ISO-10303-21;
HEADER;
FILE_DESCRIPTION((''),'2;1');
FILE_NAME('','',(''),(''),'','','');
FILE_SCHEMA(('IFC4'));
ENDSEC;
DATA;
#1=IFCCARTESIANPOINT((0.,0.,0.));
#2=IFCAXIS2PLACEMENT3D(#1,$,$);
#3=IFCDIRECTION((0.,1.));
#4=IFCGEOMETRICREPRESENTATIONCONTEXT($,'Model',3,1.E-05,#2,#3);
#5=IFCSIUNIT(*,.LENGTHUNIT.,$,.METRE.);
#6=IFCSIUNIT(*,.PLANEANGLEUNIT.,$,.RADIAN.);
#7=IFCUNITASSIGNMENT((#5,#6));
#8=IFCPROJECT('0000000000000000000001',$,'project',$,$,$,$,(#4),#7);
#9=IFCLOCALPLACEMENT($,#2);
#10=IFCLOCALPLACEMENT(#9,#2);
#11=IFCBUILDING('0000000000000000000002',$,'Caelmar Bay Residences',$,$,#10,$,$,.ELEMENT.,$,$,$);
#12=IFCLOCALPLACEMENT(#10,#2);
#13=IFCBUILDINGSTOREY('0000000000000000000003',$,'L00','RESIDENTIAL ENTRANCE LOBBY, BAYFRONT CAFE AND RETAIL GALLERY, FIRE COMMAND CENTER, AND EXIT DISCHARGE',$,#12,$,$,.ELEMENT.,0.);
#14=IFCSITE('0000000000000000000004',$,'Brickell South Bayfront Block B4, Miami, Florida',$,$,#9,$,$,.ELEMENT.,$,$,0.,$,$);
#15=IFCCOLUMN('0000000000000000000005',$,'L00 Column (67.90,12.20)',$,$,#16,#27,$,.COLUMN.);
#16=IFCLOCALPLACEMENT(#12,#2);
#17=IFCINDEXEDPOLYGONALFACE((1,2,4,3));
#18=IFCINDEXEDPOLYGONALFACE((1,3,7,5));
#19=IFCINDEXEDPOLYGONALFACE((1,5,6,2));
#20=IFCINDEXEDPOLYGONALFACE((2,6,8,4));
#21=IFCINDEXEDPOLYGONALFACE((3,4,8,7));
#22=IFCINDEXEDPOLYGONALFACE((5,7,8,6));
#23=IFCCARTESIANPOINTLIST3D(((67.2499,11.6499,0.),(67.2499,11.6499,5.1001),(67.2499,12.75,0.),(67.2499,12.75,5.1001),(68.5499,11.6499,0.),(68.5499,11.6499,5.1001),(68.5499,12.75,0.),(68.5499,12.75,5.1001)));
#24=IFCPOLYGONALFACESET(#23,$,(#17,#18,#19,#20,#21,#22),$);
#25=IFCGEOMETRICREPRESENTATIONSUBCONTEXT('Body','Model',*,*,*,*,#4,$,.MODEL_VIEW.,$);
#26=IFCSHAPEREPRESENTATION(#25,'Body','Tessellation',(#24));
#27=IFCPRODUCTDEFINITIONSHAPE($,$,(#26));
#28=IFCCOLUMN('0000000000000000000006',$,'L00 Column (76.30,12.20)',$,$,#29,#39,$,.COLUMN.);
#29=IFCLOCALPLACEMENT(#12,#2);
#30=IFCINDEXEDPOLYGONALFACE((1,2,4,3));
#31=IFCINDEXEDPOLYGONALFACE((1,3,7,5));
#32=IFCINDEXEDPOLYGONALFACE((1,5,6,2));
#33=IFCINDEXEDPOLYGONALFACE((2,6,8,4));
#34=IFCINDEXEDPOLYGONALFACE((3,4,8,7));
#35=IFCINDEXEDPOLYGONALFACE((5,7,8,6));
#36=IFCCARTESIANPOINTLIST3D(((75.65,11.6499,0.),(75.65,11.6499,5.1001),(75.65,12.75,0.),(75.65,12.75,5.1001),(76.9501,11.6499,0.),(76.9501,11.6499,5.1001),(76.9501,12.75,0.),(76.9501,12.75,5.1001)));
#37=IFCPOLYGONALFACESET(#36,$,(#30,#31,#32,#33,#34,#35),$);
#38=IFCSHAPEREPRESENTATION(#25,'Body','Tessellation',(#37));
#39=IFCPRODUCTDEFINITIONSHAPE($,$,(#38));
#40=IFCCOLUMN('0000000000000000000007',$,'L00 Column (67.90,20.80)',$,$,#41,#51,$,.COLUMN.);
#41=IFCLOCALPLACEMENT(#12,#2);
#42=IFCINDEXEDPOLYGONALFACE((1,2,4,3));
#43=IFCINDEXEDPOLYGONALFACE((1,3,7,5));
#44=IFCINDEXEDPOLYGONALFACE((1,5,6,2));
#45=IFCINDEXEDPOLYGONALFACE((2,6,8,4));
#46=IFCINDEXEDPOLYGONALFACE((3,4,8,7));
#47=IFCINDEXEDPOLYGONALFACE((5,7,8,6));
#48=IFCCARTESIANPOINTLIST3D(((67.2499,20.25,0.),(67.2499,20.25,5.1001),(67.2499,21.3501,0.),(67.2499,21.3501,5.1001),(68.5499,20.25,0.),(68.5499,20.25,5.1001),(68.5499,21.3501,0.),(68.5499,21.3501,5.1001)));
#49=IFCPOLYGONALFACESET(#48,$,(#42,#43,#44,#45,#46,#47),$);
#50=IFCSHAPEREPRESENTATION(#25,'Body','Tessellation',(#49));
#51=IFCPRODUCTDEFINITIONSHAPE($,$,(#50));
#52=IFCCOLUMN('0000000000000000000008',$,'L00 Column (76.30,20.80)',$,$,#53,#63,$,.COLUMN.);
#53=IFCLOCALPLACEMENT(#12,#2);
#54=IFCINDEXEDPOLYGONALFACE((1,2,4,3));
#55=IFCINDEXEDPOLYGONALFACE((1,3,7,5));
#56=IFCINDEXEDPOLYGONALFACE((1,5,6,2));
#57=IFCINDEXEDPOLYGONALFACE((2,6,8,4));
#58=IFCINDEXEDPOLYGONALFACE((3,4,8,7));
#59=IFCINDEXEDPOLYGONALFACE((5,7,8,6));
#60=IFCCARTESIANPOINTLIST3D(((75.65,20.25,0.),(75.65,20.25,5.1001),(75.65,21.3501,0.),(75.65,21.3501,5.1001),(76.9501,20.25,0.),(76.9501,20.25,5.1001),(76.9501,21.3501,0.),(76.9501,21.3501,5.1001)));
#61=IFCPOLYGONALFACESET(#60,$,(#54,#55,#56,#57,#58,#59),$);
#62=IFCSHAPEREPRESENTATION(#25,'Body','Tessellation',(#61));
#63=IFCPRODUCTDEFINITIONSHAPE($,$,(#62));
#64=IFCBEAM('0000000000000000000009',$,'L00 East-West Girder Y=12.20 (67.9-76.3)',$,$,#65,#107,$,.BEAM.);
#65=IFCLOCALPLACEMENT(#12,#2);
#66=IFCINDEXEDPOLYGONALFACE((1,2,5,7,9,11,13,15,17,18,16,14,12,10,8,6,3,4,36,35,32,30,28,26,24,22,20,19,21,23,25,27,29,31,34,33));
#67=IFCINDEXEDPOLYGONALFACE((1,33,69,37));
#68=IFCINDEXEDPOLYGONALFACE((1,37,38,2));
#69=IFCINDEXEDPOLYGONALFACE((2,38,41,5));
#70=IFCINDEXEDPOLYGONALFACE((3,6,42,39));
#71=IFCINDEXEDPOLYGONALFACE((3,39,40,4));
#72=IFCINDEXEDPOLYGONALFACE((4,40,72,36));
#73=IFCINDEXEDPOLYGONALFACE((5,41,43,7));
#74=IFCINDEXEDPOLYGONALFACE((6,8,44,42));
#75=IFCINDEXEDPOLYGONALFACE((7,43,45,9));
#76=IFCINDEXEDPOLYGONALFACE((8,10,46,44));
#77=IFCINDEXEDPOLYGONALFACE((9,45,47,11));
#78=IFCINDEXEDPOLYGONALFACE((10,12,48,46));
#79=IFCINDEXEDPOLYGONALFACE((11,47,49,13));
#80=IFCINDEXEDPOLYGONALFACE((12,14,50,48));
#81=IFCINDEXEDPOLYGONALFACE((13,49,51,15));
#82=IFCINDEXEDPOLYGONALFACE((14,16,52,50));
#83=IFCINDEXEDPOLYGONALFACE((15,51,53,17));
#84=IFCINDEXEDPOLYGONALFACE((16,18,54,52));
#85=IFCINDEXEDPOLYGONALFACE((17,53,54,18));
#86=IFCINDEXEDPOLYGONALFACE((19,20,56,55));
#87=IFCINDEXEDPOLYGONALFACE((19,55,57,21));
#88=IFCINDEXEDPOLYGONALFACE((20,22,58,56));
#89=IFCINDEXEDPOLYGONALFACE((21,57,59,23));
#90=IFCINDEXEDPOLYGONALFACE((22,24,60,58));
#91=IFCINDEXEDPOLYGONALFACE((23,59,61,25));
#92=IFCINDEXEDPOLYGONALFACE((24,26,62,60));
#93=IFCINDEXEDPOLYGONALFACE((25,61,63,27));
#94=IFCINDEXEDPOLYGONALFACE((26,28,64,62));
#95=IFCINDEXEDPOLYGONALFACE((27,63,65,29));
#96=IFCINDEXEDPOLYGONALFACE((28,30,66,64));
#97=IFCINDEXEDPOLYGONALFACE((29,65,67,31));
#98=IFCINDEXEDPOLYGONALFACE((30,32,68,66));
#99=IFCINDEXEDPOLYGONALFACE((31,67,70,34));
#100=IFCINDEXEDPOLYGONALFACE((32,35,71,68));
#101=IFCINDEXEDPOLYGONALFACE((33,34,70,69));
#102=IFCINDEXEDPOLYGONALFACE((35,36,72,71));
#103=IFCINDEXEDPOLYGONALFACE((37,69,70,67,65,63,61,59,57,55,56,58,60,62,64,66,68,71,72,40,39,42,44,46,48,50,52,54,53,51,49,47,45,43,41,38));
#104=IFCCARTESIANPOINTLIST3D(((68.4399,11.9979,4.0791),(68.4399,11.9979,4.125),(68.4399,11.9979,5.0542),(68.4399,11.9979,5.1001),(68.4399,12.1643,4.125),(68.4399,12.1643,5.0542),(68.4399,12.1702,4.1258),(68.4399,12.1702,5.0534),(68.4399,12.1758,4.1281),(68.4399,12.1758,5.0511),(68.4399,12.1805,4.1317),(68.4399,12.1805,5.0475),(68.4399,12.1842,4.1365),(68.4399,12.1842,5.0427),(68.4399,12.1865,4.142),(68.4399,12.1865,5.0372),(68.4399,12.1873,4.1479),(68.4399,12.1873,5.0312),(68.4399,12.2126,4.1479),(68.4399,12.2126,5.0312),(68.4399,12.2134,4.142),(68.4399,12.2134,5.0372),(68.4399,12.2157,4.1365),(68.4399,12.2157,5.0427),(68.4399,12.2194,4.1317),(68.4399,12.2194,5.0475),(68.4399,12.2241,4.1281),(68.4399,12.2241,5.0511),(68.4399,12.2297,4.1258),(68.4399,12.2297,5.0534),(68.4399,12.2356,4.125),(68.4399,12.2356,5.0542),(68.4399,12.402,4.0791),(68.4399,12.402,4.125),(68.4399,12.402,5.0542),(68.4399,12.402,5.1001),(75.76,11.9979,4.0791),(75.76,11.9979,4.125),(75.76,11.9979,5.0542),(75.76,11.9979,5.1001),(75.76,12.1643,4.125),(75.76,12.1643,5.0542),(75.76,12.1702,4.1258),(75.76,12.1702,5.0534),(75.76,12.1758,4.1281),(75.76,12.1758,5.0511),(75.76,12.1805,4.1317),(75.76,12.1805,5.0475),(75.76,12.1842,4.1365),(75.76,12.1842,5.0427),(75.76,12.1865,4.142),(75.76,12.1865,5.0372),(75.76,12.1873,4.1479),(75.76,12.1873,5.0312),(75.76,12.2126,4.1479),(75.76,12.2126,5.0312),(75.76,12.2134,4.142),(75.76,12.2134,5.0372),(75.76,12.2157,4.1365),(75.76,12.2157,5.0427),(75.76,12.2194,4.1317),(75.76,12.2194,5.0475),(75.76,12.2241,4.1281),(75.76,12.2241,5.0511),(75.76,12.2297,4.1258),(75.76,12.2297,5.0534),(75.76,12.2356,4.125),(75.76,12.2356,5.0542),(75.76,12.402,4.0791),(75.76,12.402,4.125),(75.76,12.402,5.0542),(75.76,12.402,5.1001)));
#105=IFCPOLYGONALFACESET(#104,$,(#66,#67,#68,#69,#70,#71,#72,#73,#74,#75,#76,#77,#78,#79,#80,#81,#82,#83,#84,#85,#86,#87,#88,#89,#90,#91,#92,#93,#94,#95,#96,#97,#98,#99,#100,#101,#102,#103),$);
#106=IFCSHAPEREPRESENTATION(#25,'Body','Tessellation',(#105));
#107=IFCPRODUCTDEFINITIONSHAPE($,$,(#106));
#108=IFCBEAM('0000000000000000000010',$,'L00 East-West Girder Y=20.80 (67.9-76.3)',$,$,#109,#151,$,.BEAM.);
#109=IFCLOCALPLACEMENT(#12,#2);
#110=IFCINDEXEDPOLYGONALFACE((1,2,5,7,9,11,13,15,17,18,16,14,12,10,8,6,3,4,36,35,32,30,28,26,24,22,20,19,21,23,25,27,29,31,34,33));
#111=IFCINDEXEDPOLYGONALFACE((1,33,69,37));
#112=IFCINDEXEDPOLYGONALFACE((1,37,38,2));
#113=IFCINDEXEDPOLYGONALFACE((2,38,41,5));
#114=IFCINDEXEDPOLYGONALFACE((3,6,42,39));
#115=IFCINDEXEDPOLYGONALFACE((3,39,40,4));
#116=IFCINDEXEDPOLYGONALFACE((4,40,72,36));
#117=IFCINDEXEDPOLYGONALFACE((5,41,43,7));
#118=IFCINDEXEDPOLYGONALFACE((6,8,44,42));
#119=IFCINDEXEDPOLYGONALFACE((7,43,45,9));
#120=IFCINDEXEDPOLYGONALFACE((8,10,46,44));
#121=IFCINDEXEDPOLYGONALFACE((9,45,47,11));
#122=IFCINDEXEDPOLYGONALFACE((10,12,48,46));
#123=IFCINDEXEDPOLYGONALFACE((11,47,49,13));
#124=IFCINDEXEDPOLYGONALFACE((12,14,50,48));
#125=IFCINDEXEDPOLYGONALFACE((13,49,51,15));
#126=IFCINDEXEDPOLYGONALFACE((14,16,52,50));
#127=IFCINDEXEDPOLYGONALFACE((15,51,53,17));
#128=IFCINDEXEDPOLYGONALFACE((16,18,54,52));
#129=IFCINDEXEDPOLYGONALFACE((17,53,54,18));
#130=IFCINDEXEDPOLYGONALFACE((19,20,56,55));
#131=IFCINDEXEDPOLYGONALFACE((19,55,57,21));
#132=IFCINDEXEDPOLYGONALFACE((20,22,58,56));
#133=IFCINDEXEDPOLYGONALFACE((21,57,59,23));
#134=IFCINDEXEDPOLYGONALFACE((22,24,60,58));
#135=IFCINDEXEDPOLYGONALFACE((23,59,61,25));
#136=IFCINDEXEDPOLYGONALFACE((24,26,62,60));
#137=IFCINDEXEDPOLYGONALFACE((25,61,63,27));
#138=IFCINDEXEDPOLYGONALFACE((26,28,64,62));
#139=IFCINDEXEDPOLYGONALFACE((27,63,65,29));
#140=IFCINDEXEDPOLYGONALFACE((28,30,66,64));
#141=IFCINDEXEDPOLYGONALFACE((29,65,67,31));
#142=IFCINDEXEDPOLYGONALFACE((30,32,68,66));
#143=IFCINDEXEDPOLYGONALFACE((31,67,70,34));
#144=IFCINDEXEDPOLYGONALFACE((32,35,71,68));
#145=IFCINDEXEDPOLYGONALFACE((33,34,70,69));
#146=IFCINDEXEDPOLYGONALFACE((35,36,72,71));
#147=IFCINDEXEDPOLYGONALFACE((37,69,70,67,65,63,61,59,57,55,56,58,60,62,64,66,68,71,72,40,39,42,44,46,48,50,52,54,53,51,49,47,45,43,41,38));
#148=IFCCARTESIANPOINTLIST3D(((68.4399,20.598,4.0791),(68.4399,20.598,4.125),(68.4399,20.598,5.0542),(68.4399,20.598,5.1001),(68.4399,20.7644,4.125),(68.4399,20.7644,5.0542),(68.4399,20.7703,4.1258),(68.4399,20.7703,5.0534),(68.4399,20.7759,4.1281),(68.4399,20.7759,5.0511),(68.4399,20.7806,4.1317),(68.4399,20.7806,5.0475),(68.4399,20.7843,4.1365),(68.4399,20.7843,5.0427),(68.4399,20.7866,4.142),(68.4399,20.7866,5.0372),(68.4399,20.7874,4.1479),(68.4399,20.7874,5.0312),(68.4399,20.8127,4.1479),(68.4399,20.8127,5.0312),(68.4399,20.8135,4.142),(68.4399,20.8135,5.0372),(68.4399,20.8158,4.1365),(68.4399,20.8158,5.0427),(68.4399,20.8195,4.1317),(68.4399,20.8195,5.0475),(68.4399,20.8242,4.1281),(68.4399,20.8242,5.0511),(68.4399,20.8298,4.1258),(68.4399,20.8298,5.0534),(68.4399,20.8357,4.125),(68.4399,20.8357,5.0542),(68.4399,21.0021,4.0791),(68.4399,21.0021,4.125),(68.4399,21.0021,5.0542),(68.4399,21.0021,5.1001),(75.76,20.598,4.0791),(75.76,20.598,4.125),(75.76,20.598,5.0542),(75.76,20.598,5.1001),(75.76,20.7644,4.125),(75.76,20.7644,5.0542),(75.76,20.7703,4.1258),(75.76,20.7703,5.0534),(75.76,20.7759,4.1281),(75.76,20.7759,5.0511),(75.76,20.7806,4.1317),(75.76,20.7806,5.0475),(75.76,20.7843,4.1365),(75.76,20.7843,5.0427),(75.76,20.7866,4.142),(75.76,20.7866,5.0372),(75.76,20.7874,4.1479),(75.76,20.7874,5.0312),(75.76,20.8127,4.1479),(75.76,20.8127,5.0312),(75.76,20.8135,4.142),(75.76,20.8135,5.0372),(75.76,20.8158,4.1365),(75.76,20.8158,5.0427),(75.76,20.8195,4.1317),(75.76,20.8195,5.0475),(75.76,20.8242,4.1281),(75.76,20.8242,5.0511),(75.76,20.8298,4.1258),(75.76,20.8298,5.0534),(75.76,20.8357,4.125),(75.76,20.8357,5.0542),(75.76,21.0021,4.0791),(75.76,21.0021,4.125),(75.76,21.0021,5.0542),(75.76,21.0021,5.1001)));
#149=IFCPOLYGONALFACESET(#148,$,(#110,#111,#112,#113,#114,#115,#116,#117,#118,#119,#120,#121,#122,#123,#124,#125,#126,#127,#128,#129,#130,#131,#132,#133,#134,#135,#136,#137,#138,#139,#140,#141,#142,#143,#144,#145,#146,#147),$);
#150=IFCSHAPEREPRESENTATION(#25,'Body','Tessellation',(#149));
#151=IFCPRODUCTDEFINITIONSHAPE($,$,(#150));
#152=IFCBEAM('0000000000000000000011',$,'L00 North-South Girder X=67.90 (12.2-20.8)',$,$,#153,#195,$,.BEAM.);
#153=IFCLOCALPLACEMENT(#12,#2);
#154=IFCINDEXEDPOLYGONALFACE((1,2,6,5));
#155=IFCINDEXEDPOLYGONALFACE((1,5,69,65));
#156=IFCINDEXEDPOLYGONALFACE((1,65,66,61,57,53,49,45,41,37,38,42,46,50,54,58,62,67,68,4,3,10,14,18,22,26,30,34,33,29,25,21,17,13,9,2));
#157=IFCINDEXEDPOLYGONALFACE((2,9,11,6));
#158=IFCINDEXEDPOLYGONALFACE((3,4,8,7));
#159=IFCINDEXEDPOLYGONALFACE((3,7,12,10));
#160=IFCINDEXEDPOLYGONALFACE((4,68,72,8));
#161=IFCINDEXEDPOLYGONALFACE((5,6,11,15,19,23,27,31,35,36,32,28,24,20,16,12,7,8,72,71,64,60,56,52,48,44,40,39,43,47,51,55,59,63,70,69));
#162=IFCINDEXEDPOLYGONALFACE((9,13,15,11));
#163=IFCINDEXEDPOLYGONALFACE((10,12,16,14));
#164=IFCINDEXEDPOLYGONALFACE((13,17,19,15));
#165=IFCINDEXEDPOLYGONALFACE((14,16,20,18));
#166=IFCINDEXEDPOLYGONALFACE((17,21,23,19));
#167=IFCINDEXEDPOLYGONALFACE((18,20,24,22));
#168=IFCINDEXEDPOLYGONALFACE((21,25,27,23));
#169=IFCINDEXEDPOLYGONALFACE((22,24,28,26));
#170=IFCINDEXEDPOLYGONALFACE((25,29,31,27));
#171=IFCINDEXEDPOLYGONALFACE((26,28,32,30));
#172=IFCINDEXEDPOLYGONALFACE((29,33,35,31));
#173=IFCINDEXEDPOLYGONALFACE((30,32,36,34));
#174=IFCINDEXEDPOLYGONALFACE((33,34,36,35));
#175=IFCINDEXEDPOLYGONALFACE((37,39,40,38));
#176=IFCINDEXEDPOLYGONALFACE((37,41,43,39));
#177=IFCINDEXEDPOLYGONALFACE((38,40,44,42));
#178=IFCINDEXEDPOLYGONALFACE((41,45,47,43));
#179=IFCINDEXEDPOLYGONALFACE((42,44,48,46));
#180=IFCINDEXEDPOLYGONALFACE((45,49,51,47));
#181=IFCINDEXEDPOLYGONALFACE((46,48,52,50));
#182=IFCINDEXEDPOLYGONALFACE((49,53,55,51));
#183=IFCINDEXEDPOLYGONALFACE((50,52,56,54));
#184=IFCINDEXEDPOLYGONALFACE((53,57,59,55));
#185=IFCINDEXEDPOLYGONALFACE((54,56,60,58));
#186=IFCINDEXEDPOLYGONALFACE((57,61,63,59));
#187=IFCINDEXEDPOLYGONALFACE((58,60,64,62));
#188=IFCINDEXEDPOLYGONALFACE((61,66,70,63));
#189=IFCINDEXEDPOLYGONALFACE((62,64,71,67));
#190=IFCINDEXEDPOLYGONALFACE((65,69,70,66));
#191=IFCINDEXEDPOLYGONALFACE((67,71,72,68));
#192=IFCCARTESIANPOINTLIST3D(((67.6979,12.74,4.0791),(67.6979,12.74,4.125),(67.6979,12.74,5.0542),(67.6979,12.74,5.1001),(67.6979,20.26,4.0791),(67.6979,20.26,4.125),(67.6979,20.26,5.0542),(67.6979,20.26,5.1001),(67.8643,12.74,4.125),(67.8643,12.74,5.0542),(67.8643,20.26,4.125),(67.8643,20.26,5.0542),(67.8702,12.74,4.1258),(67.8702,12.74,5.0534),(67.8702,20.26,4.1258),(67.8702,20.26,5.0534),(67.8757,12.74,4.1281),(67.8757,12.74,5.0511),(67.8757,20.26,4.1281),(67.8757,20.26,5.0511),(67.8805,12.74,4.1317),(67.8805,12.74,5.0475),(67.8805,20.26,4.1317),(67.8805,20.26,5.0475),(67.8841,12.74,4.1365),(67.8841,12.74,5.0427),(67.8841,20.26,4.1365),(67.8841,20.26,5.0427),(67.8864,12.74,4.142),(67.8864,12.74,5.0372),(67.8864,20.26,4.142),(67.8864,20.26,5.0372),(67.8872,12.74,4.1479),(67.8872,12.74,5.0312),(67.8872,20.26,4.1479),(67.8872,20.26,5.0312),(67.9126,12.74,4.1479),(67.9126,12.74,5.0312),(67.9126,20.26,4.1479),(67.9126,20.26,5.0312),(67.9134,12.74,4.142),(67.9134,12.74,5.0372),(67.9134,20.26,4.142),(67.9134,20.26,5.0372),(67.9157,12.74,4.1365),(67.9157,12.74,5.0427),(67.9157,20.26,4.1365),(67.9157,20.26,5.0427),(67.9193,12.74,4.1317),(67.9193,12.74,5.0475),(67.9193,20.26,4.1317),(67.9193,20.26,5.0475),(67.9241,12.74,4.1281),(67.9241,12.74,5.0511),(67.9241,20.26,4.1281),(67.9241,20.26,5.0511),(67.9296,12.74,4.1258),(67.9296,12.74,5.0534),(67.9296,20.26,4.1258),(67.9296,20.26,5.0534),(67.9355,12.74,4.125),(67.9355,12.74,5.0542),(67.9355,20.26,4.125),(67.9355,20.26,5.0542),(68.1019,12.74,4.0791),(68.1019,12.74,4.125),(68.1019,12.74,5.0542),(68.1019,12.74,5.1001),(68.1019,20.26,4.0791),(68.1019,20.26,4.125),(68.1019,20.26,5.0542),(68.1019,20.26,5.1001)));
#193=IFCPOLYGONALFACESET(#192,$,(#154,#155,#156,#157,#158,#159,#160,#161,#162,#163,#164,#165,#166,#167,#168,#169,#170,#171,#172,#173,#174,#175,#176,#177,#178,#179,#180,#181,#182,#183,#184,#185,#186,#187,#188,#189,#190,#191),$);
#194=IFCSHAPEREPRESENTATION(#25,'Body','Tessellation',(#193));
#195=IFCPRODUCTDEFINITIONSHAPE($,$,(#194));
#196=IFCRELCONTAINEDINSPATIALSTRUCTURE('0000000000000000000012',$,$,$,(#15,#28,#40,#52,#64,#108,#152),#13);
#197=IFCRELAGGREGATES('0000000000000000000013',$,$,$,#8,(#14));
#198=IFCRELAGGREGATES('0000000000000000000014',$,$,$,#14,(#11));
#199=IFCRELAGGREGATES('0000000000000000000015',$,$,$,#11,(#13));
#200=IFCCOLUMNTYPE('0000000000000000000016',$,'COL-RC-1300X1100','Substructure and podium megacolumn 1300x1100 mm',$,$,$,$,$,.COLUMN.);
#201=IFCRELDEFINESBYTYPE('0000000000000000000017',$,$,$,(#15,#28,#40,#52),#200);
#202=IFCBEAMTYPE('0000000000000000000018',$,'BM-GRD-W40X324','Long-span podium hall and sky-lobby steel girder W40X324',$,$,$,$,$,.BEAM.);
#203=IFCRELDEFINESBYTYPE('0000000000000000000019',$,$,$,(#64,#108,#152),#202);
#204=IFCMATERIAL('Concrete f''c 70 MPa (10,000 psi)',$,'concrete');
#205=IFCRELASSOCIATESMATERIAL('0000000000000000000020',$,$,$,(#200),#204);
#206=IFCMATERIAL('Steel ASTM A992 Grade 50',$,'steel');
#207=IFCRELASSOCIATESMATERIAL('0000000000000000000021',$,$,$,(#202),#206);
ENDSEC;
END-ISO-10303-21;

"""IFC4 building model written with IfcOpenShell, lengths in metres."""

from ifc_helpers import new_model, si_unit, direction, frame, origin, origin_2d, place, context, subcontext, project, spatial, rectangle, i_section, extrude, material, material_profile, profile_set, type_object, element, save


model = new_model("IFC4")

# Units and contexts
model_context = context("Model", 3, precision=1e-05, world=origin(), true_north=direction((0.0, 1.0)))
body_context = subcontext(model_context, "Body", "Model", "MODEL_VIEW")
ifc_project = project(units=[si_unit("LENGTHUNIT", "METRE"), si_unit("PLANEANGLEUNIT", "RADIAN")], contexts=[model_context])

# Site, building, storey
site_placement = place(None, origin())
site = spatial("IfcSite", under=ifc_project, at=site_placement, Name="Brickell South Bayfront Block B4, Miami, Florida", CompositionType="ELEMENT", RefElevation=0.0)
building_placement = place(site_placement, origin())
building = spatial("IfcBuilding", under=site, at=building_placement, Name="Caelmar Bay Residences", CompositionType="ELEMENT")
storey_placement = place(building_placement, origin())
storey = spatial("IfcBuildingStorey", under=building, at=storey_placement, Name="L00", Description="RESIDENTIAL ENTRANCE LOBBY, BAYFRONT CAFE AND RETAIL GALLERY, FIRE COMMAND CENTER, AND EXIT DISCHARGE", CompositionType="ELEMENT", Elevation=0.0)

# Columns
ifc_material_1 = material(Name="Concrete f'c 70 MPa (10,000 psi)", Category="concrete")
ifc_material_profile_1 = material_profile(ifc_material_1, rectangle(XDim=1.3, YDim=1.1001, at=origin_2d()), Name="RC-COL-1300X1100")
ifc_profile_set_1 = profile_set([ifc_material_profile_1], Name="Concrete f'c 70 MPa (10,000 psi)")
column_type = type_object("IfcColumnType", Name="COL-RC-1300X1100", Description="Substructure and podium megacolumn 1300x1100 mm", PredefinedType="COLUMN", material=ifc_profile_set_1)
for number, where, z_axis, x_axis, name in (
    (1, (67.8999, 12.2, 0.0), (0.0, 0.0, 1.0), (1.0, 0.0, 0.0), "L00 Column (67.90,12.20)"),
    (2, (76.3, 12.2, 0.0), (0.0, 0.0, 1.0), (1.0, 0.0, 0.0), "L00 Column (76.30,12.20)"),
    (3, (67.8999, 20.8, 0.0), (0.0, 0.0, 1.0), (1.0, 0.0, 0.0), "L00 Column (67.90,20.80)"),
    (4, (76.3, 20.8, 0.0), (0.0, 0.0, 1.0), (1.0, 0.0, 0.0), "L00 Column (76.30,20.80)"),
):
    element("IfcColumn", number, at=place(storey_placement, frame(where, z_axis=z_axis, x_axis=x_axis)), inside=storey, type_object=column_type, Name=name, PredefinedType="COLUMN", context=body_context, shape_type="SweptSolid", body=[
        extrude(rectangle(XDim=1.3, YDim=1.1001, at=origin_2d()), origin(), (0.0, 0.0, 1.0), 5.1001),
    ])

# Beams
ifc_material_2 = material(Name="Steel ASTM A992 Grade 50", Category="steel")
ifc_material_profile_2 = material_profile(ifc_material_2, i_section(OverallWidth=0.4041, OverallDepth=1.021, WebThickness=0.0254, FlangeThickness=0.0459, FilletRadius=0.0229, at=origin_2d()), Name="W40X324")
ifc_profile_set_2 = profile_set([ifc_material_profile_2], Name="Steel ASTM A992 Grade 50")
beam_type_1 = type_object("IfcBeamType", Name="BM-GRD-W40X324", Description="Long-span podium hall and sky-lobby steel girder W40X324", PredefinedType="BEAM", material=ifc_profile_set_2)
for number, where, z_axis, x_axis, name in (
    (5, (68.4399, 12.2, 4.5896), (1.0, 0.0, 0.0), (0.0, 1.0, 0.0), "L00 East-West Girder Y=12.20 (67.9-76.3)"),
    (6, (68.4399, 20.8, 4.5896), (1.0, 0.0, 0.0), (0.0, 1.0, 0.0), "L00 East-West Girder Y=20.80 (67.9-76.3)"),
):
    element("IfcBeam", number, at=place(storey_placement, frame(where, z_axis=z_axis, x_axis=x_axis)), inside=storey, type_object=beam_type_1, Name=name, PredefinedType="BEAM", context=body_context, shape_type="SweptSolid", body=[
        extrude(i_section(OverallWidth=0.4041, OverallDepth=1.021, WebThickness=0.0254, FlangeThickness=0.0459, FilletRadius=0.0229, at=origin_2d()), origin(), (0.0, 0.0, 1.0), 7.3201),
    ])
for number, where, z_axis, x_axis, name in (
    (7, (67.8999, 12.74, 4.5896), (0.0, 1.0, 0.0), (-1.0, 0.0, 0.0), "L00 North-South Girder X=67.90 (12.2-20.8)"),
):
    element("IfcBeam", number, at=place(storey_placement, frame(where, z_axis=z_axis, x_axis=x_axis)), inside=storey, type_object=beam_type_1, Name=name, PredefinedType="BEAM", context=body_context, shape_type="SweptSolid", body=[
        extrude(i_section(OverallWidth=0.4041, OverallDepth=1.021, WebThickness=0.0254, FlangeThickness=0.0459, FilletRadius=0.0229, at=origin_2d()), origin(), (0.0, 0.0, 1.0), 7.52),
    ])

save(model, "model.ifc")
